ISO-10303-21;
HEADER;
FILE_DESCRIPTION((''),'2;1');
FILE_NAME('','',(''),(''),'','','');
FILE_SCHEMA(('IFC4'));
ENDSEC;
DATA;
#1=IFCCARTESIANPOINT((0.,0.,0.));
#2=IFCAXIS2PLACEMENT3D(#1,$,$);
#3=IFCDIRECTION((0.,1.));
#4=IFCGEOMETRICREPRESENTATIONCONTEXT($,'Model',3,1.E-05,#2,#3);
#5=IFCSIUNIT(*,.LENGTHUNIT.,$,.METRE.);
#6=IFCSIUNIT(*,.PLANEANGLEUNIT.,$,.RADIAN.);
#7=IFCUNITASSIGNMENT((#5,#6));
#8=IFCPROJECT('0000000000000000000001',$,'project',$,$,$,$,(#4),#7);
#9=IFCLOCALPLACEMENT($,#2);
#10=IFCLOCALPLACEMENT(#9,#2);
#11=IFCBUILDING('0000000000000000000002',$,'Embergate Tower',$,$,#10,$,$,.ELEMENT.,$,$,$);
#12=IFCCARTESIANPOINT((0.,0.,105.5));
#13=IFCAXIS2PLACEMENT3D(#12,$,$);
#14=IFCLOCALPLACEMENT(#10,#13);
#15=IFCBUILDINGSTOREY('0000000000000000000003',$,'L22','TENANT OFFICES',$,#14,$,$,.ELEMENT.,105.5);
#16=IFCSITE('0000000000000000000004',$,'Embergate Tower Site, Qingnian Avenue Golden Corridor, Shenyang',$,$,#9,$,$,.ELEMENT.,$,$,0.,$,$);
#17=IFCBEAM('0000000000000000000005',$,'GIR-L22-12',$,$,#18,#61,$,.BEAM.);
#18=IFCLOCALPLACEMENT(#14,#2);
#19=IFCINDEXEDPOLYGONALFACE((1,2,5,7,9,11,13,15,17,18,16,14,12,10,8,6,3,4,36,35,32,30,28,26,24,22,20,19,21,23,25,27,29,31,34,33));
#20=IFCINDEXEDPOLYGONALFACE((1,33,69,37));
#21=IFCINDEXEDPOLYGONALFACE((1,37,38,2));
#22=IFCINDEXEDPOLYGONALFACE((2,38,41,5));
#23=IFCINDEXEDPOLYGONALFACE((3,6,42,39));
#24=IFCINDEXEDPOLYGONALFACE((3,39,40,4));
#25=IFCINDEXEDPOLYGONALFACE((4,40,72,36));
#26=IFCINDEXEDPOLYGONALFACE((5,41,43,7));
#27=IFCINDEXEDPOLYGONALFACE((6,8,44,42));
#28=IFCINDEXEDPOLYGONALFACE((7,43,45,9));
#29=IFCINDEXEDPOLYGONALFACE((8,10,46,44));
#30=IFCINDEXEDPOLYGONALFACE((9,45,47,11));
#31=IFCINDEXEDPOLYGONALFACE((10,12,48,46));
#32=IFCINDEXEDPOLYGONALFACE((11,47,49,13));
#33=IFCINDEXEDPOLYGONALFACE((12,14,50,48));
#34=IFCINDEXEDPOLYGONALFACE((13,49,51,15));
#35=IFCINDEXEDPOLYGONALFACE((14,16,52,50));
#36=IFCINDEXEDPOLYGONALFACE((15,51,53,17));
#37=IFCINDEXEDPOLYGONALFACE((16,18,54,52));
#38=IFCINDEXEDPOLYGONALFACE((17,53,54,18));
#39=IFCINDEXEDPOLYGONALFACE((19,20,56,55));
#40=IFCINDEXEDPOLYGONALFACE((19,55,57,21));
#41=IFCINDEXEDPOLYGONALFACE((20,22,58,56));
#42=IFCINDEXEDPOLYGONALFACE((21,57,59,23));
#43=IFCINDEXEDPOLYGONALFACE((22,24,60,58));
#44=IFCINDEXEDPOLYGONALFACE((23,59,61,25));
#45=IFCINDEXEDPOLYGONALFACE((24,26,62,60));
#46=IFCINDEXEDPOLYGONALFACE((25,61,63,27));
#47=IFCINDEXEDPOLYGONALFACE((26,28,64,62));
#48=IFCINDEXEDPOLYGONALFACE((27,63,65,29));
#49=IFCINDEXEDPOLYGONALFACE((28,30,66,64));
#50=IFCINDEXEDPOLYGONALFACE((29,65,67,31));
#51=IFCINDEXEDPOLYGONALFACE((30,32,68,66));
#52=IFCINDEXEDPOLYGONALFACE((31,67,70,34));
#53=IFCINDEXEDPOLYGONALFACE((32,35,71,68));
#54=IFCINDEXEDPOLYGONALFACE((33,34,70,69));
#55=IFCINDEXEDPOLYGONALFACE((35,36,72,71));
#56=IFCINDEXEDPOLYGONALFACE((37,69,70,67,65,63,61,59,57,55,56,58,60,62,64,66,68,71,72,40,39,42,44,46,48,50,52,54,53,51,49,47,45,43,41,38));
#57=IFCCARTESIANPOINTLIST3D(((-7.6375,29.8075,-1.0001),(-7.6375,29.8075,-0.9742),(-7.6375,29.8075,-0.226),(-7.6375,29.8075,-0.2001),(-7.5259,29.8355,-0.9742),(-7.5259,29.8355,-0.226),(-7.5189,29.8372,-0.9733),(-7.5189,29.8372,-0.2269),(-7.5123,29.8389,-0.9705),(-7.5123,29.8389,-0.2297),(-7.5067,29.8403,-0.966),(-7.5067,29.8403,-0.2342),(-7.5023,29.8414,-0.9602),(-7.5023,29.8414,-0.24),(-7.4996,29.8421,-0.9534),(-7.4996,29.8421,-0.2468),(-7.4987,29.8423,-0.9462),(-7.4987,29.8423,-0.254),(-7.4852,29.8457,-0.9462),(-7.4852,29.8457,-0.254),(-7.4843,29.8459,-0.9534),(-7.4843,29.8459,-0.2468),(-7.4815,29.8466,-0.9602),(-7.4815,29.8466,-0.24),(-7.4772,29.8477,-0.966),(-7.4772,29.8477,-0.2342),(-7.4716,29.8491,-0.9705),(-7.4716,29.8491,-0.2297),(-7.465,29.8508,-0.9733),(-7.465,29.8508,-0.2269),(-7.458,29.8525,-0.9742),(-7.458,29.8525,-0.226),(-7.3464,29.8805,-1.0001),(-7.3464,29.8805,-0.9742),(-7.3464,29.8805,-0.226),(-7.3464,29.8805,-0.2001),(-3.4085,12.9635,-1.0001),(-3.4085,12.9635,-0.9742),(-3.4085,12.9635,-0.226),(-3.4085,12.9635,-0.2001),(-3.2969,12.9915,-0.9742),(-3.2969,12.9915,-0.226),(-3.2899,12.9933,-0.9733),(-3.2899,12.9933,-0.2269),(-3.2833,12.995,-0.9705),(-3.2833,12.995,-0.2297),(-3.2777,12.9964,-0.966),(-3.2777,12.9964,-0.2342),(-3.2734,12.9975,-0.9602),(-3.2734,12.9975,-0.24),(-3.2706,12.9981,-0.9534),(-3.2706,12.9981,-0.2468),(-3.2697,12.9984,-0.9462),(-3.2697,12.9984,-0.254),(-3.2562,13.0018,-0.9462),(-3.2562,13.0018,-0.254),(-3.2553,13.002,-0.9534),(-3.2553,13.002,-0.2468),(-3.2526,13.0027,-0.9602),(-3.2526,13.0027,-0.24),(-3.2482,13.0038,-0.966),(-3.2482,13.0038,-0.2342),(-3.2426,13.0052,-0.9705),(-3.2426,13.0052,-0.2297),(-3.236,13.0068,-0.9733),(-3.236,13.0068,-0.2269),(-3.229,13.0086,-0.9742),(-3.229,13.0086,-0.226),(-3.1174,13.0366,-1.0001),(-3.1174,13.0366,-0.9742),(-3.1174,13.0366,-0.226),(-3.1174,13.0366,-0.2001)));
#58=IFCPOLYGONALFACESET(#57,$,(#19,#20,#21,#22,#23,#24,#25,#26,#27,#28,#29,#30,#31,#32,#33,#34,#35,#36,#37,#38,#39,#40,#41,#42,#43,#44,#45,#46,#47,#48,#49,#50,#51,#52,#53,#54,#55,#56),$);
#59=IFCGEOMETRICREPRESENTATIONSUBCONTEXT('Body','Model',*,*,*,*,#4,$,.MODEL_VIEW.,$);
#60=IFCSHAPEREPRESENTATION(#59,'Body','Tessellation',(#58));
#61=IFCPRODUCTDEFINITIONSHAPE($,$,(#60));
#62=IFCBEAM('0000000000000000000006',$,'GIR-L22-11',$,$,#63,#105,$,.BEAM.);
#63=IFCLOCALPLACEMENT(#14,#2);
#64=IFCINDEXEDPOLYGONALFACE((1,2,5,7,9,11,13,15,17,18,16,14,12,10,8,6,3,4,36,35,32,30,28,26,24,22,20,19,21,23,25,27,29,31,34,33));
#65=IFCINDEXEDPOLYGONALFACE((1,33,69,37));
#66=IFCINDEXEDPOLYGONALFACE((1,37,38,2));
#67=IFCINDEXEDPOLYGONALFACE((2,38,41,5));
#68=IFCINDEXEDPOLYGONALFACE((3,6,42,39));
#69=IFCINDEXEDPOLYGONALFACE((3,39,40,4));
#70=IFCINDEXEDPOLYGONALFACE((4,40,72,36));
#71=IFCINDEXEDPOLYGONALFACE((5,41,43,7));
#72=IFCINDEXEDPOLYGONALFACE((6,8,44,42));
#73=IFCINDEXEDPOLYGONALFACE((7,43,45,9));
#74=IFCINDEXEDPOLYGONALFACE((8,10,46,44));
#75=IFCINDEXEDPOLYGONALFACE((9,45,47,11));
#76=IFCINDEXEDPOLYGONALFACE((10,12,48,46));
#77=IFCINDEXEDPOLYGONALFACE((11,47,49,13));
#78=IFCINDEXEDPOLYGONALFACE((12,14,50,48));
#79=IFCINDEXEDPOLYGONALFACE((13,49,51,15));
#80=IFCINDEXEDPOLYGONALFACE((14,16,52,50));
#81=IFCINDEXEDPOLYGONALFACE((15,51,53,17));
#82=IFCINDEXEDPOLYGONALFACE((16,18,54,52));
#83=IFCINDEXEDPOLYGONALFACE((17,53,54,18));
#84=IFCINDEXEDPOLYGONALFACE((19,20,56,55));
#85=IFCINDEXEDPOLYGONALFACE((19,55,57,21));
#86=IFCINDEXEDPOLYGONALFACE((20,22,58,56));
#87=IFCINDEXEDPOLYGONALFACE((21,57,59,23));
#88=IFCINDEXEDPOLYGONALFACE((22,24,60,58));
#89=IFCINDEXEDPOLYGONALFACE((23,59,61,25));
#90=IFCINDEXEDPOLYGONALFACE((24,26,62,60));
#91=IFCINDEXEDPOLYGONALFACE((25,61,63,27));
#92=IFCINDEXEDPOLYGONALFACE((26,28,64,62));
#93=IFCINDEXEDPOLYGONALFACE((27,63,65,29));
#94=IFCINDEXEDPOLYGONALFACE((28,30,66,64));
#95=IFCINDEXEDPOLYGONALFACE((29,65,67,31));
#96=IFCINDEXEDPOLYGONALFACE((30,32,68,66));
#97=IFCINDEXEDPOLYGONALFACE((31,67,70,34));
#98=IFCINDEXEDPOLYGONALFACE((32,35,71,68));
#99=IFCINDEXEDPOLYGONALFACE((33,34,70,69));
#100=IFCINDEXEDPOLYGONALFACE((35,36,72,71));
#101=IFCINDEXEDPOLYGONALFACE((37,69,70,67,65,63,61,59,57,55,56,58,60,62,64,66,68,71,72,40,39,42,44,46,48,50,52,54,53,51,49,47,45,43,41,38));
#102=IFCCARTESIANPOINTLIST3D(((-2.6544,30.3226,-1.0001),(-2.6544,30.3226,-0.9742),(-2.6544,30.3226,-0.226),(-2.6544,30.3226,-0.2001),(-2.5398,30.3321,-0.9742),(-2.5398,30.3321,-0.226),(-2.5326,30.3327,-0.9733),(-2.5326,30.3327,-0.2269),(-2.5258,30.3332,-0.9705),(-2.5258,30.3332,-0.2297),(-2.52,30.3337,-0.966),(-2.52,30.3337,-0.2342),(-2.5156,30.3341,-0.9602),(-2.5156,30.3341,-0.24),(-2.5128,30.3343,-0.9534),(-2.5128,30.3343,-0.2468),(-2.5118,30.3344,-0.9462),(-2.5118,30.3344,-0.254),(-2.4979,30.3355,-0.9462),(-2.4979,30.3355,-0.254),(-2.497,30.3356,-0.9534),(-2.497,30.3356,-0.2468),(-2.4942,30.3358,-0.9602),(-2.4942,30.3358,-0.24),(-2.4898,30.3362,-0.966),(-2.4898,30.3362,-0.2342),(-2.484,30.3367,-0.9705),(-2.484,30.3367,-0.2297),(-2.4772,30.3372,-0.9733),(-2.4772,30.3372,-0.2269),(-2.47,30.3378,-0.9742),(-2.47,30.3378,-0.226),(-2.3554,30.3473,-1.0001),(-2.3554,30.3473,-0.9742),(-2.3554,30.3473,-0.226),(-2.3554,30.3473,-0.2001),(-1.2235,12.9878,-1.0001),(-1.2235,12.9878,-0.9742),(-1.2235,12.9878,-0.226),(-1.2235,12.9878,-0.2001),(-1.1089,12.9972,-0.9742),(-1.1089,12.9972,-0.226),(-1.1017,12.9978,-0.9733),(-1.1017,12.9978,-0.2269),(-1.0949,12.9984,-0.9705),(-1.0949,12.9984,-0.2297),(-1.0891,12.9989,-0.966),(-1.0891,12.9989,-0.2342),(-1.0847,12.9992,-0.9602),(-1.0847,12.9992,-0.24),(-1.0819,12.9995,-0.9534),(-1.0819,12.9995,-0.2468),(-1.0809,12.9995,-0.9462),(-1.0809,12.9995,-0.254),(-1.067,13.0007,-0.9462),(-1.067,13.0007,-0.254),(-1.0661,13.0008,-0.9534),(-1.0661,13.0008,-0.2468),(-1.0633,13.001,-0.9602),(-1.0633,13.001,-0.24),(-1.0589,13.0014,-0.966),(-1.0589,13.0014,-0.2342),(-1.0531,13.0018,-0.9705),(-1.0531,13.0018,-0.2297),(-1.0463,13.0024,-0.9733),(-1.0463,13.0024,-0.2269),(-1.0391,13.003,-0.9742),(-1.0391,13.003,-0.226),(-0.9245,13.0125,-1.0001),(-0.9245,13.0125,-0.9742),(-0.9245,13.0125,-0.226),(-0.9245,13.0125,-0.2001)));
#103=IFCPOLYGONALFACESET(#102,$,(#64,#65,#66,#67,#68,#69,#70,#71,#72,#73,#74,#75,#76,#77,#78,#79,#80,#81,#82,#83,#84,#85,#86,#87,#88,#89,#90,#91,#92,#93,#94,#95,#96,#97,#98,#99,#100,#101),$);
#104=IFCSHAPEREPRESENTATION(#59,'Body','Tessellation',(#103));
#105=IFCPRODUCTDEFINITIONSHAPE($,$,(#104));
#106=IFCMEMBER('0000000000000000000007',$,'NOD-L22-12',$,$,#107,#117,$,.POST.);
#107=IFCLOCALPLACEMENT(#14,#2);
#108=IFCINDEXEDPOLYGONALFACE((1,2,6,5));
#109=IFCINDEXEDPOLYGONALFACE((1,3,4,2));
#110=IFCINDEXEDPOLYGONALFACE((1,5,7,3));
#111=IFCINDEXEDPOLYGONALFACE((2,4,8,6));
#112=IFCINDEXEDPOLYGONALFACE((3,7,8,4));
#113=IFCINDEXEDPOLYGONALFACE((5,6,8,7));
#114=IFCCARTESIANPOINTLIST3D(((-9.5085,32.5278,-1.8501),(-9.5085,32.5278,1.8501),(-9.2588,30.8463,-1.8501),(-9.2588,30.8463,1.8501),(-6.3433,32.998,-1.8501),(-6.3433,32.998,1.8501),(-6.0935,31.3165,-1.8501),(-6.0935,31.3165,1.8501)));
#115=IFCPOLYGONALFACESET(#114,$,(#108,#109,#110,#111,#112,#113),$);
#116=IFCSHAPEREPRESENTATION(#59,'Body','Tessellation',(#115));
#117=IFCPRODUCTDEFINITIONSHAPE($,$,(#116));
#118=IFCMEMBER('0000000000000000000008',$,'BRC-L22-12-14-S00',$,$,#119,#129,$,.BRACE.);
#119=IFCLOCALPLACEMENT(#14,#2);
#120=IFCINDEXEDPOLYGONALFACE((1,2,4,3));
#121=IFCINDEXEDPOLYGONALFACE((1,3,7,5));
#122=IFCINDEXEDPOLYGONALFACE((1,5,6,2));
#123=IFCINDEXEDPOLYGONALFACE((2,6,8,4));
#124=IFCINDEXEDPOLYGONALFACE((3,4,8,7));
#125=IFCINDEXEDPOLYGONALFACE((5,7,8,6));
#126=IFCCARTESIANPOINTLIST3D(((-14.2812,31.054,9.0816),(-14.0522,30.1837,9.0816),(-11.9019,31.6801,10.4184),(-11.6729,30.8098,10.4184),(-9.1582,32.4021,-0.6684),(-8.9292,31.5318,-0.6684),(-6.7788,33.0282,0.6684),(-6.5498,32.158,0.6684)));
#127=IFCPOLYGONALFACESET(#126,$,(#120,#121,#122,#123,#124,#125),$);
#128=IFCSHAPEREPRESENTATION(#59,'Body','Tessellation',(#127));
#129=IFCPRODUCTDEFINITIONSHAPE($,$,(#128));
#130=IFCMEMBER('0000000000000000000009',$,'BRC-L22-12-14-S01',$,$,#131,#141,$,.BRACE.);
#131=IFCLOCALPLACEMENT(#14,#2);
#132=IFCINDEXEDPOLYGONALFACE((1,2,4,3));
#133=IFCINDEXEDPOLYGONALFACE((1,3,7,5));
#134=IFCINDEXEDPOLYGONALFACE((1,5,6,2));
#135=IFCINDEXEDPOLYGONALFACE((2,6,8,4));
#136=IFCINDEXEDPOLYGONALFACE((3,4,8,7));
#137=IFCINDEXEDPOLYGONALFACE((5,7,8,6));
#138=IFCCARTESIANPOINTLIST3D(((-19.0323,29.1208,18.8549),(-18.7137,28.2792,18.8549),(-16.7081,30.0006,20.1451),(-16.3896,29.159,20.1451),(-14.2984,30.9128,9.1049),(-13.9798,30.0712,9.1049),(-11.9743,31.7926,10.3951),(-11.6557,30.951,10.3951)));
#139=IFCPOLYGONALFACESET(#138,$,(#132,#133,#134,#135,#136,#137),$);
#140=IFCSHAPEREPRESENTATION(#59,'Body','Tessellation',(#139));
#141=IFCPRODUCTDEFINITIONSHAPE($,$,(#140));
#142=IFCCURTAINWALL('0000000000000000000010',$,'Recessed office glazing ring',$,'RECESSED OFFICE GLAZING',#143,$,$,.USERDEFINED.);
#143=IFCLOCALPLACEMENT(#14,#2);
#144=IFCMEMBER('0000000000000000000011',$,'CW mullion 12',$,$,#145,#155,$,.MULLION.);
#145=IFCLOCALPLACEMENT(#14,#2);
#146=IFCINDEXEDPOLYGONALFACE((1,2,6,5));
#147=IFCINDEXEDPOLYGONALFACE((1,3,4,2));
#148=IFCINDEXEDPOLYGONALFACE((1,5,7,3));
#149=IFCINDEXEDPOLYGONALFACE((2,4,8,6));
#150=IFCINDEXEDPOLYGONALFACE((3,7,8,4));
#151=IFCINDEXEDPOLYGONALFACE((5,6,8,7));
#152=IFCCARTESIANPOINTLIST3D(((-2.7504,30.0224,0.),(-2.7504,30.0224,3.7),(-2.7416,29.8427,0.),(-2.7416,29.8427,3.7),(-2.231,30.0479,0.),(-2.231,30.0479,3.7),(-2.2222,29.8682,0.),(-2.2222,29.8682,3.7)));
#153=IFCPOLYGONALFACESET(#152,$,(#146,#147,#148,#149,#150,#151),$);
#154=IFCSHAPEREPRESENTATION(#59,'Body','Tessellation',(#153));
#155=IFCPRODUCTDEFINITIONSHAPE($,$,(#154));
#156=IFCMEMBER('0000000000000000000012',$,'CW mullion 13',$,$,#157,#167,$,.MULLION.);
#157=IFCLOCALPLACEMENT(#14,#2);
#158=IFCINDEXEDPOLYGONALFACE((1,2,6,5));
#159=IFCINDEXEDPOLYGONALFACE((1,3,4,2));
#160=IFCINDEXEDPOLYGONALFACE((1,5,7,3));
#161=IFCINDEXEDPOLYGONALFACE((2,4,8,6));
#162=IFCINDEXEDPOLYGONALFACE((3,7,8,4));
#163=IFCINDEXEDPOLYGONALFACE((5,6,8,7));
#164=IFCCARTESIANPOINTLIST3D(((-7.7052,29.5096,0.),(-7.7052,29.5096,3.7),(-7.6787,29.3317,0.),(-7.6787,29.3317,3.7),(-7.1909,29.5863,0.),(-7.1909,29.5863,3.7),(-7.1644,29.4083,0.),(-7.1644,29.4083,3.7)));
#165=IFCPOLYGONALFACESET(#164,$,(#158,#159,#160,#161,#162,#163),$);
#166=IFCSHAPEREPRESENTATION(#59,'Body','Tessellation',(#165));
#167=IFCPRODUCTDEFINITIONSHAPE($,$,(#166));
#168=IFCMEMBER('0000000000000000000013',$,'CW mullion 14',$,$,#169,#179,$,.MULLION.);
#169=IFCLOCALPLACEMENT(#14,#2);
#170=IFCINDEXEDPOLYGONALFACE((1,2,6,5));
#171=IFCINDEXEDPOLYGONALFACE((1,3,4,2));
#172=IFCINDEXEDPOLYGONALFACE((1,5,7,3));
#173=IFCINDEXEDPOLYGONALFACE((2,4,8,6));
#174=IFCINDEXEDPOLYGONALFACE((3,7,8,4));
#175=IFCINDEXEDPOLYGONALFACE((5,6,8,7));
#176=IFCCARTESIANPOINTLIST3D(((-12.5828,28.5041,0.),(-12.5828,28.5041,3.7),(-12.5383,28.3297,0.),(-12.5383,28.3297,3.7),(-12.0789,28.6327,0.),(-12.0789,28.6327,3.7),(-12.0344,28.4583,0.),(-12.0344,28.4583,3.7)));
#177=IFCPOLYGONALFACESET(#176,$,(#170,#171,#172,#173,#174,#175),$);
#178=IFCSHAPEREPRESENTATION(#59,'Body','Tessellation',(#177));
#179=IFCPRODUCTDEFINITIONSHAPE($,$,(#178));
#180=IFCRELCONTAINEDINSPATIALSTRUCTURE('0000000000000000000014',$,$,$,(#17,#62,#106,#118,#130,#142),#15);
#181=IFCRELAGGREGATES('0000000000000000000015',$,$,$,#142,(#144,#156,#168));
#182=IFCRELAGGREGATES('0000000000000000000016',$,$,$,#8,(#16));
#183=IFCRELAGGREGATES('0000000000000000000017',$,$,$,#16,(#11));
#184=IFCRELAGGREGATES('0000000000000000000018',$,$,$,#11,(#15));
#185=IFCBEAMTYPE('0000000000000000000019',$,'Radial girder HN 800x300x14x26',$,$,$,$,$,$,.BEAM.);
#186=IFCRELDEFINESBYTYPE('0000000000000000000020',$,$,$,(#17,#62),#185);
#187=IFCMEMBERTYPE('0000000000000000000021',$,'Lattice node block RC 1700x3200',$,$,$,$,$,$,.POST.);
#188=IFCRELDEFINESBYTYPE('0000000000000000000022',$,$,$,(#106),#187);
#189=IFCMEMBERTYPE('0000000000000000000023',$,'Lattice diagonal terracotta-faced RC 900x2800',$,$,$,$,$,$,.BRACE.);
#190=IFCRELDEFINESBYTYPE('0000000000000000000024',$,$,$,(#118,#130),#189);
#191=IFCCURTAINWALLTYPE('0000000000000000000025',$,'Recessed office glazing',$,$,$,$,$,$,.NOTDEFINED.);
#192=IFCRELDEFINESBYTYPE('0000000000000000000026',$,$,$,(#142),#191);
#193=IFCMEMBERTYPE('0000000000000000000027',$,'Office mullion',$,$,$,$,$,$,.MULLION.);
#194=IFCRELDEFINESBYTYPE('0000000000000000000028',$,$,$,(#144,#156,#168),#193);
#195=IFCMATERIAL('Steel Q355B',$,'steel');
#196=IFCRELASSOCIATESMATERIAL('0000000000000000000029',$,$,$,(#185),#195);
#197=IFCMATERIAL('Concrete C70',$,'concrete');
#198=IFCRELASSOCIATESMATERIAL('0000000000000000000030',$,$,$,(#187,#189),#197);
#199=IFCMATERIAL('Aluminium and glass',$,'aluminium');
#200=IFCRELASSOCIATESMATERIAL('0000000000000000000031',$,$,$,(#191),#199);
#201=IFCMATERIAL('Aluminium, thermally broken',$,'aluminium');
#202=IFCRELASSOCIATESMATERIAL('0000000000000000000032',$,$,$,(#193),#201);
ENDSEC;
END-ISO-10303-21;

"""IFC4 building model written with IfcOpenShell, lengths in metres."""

from ifc_helpers import new_model, si_unit, direction, frame, origin, origin_2d, place, context, subcontext, project, spatial, rectangle, i_section, extrude, source, transform, mapped, material, material_profile, profile_set, type_object, element, aggregate, save


model = new_model("IFC4")

# Units and contexts
model_context = context("Model", 3, precision=1e-05, world=origin(), true_north=direction((0.0, 1.0)))
body_context = subcontext(model_context, "Body", "Model", "MODEL_VIEW")
ifc_project = project(units=[si_unit("LENGTHUNIT", "METRE"), si_unit("PLANEANGLEUNIT", "RADIAN")], contexts=[model_context])

# Site, building, storey
site_placement = place(None, origin())
site = spatial("IfcSite", under=ifc_project, at=site_placement, Name="Embergate Tower Site, Qingnian Avenue Golden Corridor, Shenyang", CompositionType="ELEMENT", RefElevation=0.0)
building_placement = place(site_placement, origin())
building = spatial("IfcBuilding", under=site, at=building_placement, Name="Embergate Tower", CompositionType="ELEMENT")
storey_placement = place(building_placement, frame((0.0, 0.0, 105.5)))
storey = spatial("IfcBuildingStorey", under=building, at=storey_placement, Name="L22", Description="TENANT OFFICES", CompositionType="ELEMENT", Elevation=105.5)

# Shared definitions
ifc_material_1 = material(Name="Concrete C70", Category="concrete")

# Beams
ifc_material_2 = material(Name="Steel Q355B", Category="steel")
ifc_material_profile_1 = material_profile(ifc_material_2, i_section(OverallWidth=0.3, OverallDepth=0.8, WebThickness=0.0139, FlangeThickness=0.0259, FilletRadius=0.0281, at=origin_2d()), Name="HN 800x300x14x26")
ifc_profile_set_1 = profile_set([ifc_material_profile_1], Name="Steel Q355 grade B")
beam_type_1 = type_object("IfcBeamType", Name="Radial girder HN 800x300x14x26", PredefinedType="BEAM", material=ifc_profile_set_1)
shared_shape_1 = source(origin(), body_context, "Body", "SweptSolid", [
    extrude(i_section(OverallWidth=0.3, OverallDepth=0.8, WebThickness=0.0139, FlangeThickness=0.0259, FilletRadius=0.0281, at=origin_2d()), origin(), (0.0, 0.0, 1.0), 17.3667),
])
beam_1_placement = place(storey_placement, frame((-7.4919, 29.844, -0.6001), z_axis=(0.243511, -0.969898, 0.0), x_axis=(0.969898, 0.243511, 0.0)))
element("IfcBeam", 1, at=beam_1_placement, inside=storey, type_object=beam_type_1, Name="GIR-L22-12", PredefinedType="BEAM", context=body_context, shape_type="MappedRepresentation", body=[
    mapped(shared_shape_1, transform((0.0, 0.0, 0.0))),
])
shared_shape_2 = source(origin(), body_context, "Body", "SweptSolid", [
    extrude(i_section(OverallWidth=0.3, OverallDepth=0.8, WebThickness=0.0139, FlangeThickness=0.0259, FilletRadius=0.0281, at=origin_2d()), origin(), (0.0, 0.0, 1.0), 17.3938),
])
beam_2_placement = place(storey_placement, frame((-2.5049, 30.335, -0.6001), z_axis=(0.082265, -0.996611, 0.0), x_axis=(0.996611, 0.082265, 0.0)))
element("IfcBeam", 2, at=beam_2_placement, inside=storey, type_object=beam_type_1, Name="GIR-L22-11", PredefinedType="BEAM", context=body_context, shape_type="MappedRepresentation", body=[
    mapped(shared_shape_2, transform((0.0, 0.0, 0.0))),
])

# Members
ifc_material_profile_2 = material_profile(ifc_material_1, rectangle(XDim=1.7, YDim=3.2, at=origin_2d()), Name="RC 1700x3200")
ifc_profile_set_2 = profile_set([ifc_material_profile_2], Name="Concrete C70")
member_type_1 = type_object("IfcMemberType", Name="Lattice node block RC 1700x3200", PredefinedType="POST", material=ifc_profile_set_2)
shared_shape_3 = source(origin(), body_context, "Body", "SweptSolid", [
    extrude(rectangle(XDim=1.7, YDim=3.2, at=origin_2d()), origin(), (0.0, 0.0, 1.0), 3.7002),
])
member_1_placement = place(storey_placement, frame((-7.801, 31.9221, -1.8501), z_axis=(0.0, 0.0, 1.0), x_axis=(-0.146929, 0.989147, 0.0)))
element("IfcMember", 3, at=member_1_placement, inside=storey, type_object=member_type_1, Name="NOD-L22-12", PredefinedType="POST", context=body_context, shape_type="MappedRepresentation", body=[
    mapped(shared_shape_3, transform((0.0, 0.0, 0.0))),
])
ifc_material_profile_3 = material_profile(ifc_material_1, rectangle(XDim=0.8999, YDim=2.8, at=origin_2d()), Name="RC 900x2800")
ifc_profile_set_3 = profile_set([ifc_material_profile_3], Name="Concrete C70")
member_type_2 = type_object("IfcMemberType", Name="Lattice diagonal terracotta-faced RC 900x2800", PredefinedType="BRACE", material=ifc_profile_set_3)
shared_shape_4 = source(origin(), body_context, "Body", "SweptSolid", [
    extrude(rectangle(XDim=0.8999, YDim=2.8, at=origin_2d()), origin(), (0.0, 0.0, 1.0), 11.0962),
])
member_2_placement = place(storey_placement, frame((-7.854, 32.28, 0.0), z_axis=(-0.461694, -0.121496, 0.878679), x_axis=(0.254489, -0.967076, 0.0)))
element("IfcMember", 4, at=member_2_placement, inside=storey, type_object=member_type_2, Name="BRC-L22-12-14-S00", PredefinedType="BRACE", context=body_context, shape_type="MappedRepresentation", body=[
    mapped(shared_shape_4, transform((0.0, 0.0, 0.0))),
])
shared_shape_5 = source(origin(), body_context, "Body", "SweptSolid", [
    extrude(rectangle(XDim=0.8999, YDim=2.8, at=origin_2d()), origin(), (0.0, 0.0, 1.0), 10.9856),
])
member_3_placement = place(storey_placement, frame((-12.9771, 30.9319, 9.75), z_axis=(-0.430917, -0.163122, 0.887525), x_axis=(0.354029, -0.935234, 0.0)))
element("IfcMember", 5, at=member_3_placement, inside=storey, type_object=member_type_2, Name="BRC-L22-12-14-S01", PredefinedType="BRACE", context=body_context, shape_type="MappedRepresentation", body=[
    mapped(shared_shape_5, transform((0.0, 0.0, 0.0))),
])

# Curtain wall, members
ifc_material_3 = material(Name="Aluminium and glass", Category="aluminium")
curtain_wall_type = type_object("IfcCurtainWallType", Name="Recessed office glazing", PredefinedType="NOTDEFINED", material=ifc_material_3)
curtain_wall_placement = place(storey_placement, origin())
curtain_wall = element("IfcCurtainWall", 6, at=curtain_wall_placement, inside=storey, type_object=curtain_wall_type, Name="Recessed office glazing ring", ObjectType="RECESSED OFFICE GLAZING", PredefinedType="USERDEFINED")
ifc_material_4 = material(Name="Aluminium, thermally broken", Category="aluminium")
ifc_material_profile_4 = material_profile(ifc_material_4, rectangle(XDim=0.1799, YDim=0.52, at=origin_2d()), Name="AL 520x180")
ifc_profile_set_4 = profile_set([ifc_material_profile_4], Name="Aluminium, thermally broken")
member_type_3 = type_object("IfcMemberType", Name="Office mullion", PredefinedType="MULLION", material=ifc_profile_set_4)
shared_shape_6 = source(origin(), body_context, "Body", "SweptSolid", [
    extrude(rectangle(XDim=0.1799, YDim=0.52, at=origin_2d()), origin(), (0.0, 0.0, 1.0), 3.7),
])
member_4_placement = place(storey_placement, frame((-2.4863, 29.9453, 0.0), z_axis=(0.0, 0.0, 1.0), x_axis=(0.048972, -0.9988, 0.0)))
member_4 = element("IfcMember", 7, at=member_4_placement, type_object=member_type_3, Name="CW mullion 12", PredefinedType="MULLION", context=body_context, shape_type="MappedRepresentation", body=[
    mapped(shared_shape_6, transform((0.0, 0.0, 0.0))),
])
member_5_placement = place(storey_placement, frame((-7.4348, 29.459, 0.0), z_axis=(0.0, 0.0, 1.0), x_axis=(0.147416, -0.989075, 0.0)))
member_5 = element("IfcMember", 8, at=member_5_placement, type_object=member_type_3, Name="CW mullion 13", PredefinedType="MULLION", context=body_context, shape_type="MappedRepresentation", body=[
    mapped(shared_shape_6, transform((0.0, 0.0, 0.0))),
])
member_6_placement = place(storey_placement, frame((-12.3086, 28.4812, 0.0), z_axis=(0.0, 0.0, 1.0), x_axis=(0.247317, -0.968935, 0.0)))
member_6 = element("IfcMember", 9, at=member_6_placement, type_object=member_type_3, Name="CW mullion 14", PredefinedType="MULLION", context=body_context, shape_type="MappedRepresentation", body=[
    mapped(shared_shape_6, transform((0.0, 0.0, 0.0))),
])
aggregate(curtain_wall, [member_4, member_5, member_6])

save(model, "model.ifc")
